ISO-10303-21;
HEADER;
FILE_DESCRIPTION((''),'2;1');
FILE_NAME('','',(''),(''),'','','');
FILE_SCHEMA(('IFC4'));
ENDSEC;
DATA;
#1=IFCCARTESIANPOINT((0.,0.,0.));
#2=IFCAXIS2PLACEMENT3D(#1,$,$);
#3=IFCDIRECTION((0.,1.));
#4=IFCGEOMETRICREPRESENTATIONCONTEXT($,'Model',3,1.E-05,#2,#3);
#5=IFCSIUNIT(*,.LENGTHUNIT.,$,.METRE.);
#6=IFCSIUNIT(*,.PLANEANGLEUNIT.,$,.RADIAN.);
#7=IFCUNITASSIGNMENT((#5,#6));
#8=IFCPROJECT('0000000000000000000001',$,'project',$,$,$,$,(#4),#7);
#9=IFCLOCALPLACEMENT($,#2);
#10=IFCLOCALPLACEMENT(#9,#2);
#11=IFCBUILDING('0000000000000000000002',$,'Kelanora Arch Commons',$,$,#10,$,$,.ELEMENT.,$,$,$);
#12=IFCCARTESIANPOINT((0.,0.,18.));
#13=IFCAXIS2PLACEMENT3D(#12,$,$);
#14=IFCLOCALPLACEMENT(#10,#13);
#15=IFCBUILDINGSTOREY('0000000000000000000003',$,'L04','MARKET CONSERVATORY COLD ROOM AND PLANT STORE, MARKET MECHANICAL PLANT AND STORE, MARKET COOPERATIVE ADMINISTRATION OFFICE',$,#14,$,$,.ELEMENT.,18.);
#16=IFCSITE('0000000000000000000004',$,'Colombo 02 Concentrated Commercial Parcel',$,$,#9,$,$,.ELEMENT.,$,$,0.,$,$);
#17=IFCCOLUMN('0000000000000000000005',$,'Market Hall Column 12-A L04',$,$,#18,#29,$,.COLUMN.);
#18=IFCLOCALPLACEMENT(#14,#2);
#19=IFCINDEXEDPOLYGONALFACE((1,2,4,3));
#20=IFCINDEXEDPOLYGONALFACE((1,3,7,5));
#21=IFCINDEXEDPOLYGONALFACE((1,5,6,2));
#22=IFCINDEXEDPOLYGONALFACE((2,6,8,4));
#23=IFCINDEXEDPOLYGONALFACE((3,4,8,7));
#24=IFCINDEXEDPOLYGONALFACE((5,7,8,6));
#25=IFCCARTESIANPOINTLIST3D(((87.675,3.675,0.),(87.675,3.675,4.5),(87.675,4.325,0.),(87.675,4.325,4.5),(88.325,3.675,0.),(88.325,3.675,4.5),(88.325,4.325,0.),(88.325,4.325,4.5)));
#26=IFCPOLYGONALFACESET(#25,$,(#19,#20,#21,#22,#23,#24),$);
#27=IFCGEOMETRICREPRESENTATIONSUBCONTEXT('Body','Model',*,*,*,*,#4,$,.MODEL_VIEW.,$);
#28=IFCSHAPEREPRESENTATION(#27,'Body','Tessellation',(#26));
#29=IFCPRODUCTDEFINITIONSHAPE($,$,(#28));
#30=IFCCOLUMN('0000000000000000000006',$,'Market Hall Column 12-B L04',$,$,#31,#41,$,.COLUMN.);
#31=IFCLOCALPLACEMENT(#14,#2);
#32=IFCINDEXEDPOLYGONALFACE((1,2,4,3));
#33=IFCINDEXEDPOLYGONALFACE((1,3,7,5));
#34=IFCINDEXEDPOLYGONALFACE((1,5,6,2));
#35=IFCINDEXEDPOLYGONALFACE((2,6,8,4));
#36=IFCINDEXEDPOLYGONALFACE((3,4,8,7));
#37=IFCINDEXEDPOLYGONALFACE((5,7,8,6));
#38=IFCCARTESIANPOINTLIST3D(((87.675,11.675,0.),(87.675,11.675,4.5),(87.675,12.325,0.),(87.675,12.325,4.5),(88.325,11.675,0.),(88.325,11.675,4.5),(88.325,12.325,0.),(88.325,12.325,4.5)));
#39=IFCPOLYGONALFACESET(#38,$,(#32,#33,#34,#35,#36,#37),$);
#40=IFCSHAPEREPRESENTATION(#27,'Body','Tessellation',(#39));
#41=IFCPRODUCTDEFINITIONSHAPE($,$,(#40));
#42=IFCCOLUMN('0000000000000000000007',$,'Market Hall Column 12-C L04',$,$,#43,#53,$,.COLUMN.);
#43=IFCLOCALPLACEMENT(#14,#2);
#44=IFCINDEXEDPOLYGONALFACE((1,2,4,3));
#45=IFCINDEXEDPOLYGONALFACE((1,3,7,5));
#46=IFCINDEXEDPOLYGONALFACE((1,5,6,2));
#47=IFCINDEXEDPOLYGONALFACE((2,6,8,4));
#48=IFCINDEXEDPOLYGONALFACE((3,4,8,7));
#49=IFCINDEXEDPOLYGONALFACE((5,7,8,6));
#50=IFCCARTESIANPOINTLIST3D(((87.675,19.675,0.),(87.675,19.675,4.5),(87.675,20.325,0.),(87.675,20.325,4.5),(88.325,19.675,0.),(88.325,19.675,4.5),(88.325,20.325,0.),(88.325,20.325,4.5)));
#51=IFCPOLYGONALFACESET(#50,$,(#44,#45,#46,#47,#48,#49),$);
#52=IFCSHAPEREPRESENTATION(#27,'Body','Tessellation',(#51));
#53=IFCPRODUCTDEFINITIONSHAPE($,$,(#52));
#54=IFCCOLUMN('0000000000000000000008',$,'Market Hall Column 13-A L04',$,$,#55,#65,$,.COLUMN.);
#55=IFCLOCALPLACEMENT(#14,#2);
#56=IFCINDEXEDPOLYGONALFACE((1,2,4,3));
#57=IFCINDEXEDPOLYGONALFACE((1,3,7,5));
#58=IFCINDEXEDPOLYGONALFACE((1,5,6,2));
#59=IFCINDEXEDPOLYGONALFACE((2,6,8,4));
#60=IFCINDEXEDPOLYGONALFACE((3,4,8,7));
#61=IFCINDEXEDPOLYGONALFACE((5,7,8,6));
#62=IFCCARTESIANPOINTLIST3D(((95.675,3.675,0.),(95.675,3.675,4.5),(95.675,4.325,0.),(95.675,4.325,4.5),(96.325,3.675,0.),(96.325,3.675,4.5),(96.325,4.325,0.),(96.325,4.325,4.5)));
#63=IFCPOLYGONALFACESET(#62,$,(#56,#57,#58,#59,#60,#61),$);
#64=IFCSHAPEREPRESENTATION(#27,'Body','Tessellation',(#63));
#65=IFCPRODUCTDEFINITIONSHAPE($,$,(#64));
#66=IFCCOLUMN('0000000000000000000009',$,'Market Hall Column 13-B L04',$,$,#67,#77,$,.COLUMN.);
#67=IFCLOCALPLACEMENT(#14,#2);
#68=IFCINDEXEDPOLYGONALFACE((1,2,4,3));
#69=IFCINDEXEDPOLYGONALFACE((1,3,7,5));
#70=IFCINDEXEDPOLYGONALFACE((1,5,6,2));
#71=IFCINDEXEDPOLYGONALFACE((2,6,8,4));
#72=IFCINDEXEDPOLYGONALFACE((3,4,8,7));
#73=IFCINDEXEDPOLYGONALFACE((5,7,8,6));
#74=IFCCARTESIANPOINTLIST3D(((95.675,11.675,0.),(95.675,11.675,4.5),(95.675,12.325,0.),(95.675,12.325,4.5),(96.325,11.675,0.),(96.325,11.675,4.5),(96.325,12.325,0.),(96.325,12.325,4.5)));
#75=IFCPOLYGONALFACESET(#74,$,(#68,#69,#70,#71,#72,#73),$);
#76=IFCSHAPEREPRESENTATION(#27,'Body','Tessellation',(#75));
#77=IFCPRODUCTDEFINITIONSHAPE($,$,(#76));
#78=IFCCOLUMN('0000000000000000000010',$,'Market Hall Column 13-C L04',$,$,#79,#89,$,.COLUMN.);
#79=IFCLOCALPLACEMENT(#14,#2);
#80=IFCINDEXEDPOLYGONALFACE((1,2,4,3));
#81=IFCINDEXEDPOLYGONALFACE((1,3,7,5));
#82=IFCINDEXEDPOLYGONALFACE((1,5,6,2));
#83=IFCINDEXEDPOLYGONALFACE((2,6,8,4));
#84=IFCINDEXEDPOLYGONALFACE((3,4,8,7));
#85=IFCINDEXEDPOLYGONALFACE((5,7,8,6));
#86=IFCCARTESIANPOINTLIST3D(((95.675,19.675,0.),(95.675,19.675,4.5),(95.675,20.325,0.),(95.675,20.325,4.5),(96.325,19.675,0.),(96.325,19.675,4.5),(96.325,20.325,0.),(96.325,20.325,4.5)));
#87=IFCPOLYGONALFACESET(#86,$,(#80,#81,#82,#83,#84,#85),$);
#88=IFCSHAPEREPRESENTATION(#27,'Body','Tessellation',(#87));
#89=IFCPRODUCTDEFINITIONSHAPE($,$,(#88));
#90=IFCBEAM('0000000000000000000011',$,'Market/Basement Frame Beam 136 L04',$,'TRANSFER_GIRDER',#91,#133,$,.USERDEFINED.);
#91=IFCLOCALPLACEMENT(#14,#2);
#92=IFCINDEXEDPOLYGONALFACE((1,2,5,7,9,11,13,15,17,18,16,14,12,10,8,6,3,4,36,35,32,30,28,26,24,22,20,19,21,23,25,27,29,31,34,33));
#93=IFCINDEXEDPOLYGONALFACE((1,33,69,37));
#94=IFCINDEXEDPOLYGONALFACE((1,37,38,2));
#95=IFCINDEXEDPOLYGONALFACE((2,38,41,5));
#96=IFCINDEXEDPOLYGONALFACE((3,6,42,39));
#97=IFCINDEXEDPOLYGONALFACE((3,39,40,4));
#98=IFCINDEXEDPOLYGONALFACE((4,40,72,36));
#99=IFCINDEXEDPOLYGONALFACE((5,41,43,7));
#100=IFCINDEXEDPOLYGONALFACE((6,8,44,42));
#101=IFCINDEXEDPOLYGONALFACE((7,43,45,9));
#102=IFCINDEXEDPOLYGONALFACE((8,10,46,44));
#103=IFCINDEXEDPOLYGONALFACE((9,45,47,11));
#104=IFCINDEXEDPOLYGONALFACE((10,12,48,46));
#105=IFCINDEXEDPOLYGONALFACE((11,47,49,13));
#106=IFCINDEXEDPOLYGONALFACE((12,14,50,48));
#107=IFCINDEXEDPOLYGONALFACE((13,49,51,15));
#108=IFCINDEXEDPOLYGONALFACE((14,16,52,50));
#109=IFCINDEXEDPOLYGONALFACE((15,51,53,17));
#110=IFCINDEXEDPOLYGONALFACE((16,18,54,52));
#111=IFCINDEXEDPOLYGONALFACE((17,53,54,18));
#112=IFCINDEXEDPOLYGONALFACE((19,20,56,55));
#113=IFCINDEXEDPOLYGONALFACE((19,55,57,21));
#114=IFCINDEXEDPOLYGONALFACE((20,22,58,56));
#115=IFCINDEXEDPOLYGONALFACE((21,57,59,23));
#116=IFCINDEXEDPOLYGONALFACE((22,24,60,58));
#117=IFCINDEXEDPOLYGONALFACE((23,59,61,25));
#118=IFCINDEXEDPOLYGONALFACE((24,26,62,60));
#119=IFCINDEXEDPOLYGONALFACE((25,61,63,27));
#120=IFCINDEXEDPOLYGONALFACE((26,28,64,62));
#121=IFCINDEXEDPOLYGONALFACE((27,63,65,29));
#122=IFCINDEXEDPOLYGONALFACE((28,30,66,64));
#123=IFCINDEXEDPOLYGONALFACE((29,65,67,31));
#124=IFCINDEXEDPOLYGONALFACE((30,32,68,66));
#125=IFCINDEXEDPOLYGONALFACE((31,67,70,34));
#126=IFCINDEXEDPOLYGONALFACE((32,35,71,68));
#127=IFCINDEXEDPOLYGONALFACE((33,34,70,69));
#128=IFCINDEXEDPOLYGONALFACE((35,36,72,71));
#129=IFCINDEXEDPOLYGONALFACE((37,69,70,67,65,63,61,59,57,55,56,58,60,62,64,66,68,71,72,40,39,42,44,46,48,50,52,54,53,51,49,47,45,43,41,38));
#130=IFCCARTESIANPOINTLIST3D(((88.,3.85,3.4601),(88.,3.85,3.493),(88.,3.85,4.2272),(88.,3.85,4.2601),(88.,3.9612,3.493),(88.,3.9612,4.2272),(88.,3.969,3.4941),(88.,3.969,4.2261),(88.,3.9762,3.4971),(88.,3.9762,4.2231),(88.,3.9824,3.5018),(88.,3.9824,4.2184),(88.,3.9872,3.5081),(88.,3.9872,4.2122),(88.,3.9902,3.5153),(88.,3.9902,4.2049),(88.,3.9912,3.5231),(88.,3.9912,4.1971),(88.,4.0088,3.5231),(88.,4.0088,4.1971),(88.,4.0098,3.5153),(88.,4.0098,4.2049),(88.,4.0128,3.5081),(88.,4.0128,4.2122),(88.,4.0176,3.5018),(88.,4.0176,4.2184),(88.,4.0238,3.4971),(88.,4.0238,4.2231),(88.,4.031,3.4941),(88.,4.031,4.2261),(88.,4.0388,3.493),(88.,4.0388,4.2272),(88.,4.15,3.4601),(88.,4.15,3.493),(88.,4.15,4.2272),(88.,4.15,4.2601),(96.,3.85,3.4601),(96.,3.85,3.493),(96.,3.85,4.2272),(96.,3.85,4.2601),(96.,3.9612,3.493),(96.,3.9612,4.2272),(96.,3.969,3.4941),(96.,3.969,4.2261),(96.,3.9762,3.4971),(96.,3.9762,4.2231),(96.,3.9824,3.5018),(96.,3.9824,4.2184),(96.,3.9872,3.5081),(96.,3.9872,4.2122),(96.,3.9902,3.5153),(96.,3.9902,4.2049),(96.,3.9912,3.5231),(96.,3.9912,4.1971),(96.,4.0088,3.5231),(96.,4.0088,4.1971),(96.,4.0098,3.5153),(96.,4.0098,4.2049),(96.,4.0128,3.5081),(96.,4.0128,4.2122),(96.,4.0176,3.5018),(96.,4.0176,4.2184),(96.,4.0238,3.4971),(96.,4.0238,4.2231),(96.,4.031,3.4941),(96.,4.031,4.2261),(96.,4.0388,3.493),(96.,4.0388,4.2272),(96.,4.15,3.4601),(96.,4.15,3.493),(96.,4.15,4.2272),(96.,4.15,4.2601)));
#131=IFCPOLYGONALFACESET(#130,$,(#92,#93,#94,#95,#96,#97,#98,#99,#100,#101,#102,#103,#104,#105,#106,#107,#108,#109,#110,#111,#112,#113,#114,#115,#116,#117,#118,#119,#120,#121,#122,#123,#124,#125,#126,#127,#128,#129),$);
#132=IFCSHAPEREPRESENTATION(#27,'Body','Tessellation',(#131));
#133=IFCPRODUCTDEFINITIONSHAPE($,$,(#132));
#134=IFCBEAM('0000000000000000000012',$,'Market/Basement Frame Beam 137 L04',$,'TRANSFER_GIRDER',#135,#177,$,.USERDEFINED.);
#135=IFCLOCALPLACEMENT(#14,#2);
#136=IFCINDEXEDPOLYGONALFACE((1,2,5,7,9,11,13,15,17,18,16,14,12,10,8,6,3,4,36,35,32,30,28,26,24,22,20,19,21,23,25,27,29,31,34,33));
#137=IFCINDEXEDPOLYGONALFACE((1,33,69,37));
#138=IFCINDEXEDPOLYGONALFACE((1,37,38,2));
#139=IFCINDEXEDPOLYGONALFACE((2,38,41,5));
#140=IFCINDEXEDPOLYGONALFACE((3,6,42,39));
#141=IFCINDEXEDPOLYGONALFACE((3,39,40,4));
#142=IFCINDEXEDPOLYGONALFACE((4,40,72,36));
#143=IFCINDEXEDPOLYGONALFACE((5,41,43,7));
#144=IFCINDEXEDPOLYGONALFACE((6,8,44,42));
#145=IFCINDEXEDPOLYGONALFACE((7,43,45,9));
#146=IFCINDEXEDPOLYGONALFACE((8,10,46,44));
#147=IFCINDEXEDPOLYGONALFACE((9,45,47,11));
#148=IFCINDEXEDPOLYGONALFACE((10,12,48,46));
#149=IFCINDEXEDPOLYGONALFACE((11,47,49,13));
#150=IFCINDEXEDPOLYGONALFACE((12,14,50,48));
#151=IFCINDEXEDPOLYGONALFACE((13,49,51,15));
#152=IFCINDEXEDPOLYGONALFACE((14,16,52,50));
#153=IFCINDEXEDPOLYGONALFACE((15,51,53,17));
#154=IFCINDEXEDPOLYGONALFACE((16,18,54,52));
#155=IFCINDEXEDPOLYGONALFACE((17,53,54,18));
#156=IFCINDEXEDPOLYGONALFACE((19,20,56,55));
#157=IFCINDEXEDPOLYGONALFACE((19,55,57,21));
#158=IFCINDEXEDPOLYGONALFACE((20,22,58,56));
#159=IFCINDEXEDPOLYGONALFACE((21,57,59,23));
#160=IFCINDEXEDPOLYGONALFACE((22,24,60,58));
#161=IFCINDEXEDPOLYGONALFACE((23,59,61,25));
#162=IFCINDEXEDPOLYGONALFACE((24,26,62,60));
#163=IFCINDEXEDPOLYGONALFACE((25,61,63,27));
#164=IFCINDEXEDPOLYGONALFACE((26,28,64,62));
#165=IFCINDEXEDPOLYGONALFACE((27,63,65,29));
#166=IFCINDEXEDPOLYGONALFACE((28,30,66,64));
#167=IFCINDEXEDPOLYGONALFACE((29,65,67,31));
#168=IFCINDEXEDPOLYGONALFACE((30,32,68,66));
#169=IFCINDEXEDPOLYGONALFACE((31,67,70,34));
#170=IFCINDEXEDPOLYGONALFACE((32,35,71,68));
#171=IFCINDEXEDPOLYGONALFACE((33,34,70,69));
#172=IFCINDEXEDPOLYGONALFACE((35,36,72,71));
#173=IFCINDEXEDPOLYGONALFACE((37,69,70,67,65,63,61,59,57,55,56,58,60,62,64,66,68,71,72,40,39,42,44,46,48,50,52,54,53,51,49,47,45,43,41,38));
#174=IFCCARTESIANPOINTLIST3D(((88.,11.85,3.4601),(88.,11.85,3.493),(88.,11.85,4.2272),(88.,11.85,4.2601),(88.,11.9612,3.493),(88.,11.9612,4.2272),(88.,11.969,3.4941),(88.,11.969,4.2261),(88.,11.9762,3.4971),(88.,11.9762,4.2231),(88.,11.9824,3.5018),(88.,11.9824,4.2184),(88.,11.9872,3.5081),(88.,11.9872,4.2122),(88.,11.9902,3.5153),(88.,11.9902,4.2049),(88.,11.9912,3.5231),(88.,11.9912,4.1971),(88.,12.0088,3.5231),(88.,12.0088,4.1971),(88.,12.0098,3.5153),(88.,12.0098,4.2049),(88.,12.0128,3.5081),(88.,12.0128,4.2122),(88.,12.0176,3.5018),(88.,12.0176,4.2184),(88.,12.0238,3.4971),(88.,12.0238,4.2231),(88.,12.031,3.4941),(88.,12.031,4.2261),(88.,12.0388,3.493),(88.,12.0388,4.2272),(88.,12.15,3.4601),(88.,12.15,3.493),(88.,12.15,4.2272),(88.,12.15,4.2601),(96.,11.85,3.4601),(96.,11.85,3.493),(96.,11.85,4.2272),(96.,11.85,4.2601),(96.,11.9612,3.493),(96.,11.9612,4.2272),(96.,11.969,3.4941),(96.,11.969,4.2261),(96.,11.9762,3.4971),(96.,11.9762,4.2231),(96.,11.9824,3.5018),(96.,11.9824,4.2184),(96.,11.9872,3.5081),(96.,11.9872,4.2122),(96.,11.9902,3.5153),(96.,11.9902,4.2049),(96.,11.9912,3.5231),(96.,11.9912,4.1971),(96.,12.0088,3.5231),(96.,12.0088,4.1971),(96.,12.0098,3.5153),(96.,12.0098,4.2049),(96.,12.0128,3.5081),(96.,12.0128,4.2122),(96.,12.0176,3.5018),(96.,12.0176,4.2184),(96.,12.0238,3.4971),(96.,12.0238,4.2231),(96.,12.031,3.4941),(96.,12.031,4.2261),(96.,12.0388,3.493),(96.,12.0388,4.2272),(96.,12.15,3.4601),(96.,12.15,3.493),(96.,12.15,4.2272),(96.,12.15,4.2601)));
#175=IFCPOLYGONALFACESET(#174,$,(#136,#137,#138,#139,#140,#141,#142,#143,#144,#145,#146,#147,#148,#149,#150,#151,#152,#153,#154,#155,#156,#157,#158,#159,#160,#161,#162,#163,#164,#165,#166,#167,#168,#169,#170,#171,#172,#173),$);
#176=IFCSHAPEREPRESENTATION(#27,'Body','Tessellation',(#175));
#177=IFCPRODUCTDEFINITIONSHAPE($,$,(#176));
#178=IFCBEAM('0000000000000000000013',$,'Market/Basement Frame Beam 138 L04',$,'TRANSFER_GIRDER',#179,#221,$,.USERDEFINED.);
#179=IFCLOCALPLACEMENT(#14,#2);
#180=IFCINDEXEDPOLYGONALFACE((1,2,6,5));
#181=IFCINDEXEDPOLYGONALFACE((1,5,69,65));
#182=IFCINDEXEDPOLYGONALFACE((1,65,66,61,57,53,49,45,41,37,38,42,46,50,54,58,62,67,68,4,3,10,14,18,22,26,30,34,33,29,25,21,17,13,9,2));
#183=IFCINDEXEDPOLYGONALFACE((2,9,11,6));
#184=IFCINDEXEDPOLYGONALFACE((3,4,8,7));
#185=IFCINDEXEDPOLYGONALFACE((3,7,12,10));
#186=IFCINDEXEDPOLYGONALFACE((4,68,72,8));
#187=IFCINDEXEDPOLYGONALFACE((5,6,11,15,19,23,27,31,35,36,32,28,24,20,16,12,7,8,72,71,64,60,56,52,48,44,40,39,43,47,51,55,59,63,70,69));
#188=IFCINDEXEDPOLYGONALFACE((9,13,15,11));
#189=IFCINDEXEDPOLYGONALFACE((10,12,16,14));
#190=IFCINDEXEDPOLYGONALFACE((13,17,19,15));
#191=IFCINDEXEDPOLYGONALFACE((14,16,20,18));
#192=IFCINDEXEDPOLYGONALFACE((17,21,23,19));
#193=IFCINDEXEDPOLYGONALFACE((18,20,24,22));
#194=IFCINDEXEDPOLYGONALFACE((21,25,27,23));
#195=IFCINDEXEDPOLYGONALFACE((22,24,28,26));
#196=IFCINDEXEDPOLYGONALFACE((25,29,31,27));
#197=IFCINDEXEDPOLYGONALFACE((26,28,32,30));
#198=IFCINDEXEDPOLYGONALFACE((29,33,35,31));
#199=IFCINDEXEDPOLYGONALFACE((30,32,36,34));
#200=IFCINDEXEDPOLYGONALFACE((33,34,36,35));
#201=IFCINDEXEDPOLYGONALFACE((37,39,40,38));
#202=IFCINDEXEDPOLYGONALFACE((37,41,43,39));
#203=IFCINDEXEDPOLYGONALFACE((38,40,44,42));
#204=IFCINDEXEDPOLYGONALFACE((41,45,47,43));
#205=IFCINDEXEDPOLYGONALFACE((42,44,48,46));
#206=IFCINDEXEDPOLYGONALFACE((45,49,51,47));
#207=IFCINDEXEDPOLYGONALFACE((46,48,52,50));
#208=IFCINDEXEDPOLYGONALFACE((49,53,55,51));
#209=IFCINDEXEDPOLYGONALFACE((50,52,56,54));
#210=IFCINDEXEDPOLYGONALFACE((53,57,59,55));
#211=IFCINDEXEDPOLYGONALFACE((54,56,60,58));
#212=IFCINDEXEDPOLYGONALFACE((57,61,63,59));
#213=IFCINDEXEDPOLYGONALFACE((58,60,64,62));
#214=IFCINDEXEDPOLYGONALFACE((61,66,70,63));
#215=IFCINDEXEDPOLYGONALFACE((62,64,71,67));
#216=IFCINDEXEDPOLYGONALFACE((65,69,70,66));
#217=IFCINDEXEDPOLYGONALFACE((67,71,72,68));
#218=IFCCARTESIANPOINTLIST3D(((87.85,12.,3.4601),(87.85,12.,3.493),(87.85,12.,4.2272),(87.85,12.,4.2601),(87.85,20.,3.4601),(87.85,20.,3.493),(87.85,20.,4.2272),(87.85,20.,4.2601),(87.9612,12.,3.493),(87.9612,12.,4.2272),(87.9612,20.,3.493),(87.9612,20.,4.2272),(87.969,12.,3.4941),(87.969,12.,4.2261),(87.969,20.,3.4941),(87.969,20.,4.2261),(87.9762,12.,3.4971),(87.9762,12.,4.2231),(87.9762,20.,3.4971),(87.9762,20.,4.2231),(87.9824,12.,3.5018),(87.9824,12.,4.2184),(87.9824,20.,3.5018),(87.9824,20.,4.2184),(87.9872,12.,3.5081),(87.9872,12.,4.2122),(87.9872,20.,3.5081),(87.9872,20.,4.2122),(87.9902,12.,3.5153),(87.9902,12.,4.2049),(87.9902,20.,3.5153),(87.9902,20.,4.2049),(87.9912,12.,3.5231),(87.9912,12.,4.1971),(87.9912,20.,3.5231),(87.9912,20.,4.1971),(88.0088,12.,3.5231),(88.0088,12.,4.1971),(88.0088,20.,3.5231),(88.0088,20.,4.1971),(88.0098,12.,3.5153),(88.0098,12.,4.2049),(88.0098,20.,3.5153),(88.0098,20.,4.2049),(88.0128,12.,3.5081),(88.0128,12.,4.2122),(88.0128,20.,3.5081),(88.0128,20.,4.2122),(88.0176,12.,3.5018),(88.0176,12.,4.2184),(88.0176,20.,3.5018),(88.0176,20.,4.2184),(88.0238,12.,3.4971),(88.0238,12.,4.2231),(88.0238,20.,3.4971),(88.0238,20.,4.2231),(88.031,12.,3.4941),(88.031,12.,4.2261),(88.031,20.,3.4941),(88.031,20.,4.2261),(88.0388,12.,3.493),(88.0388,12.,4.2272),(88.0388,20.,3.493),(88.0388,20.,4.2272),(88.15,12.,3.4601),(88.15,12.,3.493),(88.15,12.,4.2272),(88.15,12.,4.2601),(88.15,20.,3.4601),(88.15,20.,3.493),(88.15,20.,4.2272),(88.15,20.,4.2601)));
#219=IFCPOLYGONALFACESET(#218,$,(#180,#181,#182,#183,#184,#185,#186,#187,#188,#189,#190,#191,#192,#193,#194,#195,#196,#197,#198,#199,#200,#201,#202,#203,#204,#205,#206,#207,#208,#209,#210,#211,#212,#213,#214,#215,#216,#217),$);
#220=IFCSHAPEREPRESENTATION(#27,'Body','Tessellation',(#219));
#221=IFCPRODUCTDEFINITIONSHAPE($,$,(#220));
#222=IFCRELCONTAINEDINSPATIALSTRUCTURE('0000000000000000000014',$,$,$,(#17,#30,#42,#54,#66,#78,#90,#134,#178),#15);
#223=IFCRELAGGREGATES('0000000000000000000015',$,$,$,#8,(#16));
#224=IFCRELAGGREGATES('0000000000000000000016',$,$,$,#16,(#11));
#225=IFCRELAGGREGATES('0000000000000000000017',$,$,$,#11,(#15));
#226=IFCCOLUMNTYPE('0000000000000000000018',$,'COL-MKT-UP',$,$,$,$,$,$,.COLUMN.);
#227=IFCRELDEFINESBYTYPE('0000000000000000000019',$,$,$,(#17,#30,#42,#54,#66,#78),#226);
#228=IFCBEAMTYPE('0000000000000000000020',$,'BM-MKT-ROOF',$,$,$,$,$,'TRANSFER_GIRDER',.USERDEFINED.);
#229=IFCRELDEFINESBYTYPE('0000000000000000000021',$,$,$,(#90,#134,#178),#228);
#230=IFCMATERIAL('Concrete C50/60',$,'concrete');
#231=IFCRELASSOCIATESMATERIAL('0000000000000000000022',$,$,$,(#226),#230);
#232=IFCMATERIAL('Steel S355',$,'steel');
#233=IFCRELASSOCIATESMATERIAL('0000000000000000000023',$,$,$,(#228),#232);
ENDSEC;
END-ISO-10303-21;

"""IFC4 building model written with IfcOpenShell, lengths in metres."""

from ifc_helpers import new_model, si_unit, direction, frame, origin, origin_2d, place, context, subcontext, project, spatial, rectangle, i_section, extrude, material, material_profile, profile_set, type_object, element, save


model = new_model("IFC4")

# Units and contexts
model_context = context("Model", 3, precision=1e-05, world=origin(), true_north=direction((0.0, 1.0)))
body_context = subcontext(model_context, "Body", "Model", "MODEL_VIEW")
ifc_project = project(units=[si_unit("LENGTHUNIT", "METRE"), si_unit("PLANEANGLEUNIT", "RADIAN")], contexts=[model_context])

# Site, building, storey
site_placement = place(None, origin())
site = spatial("IfcSite", under=ifc_project, at=site_placement, Name="Colombo 02 Concentrated Commercial Parcel", CompositionType="ELEMENT", RefElevation=0.0)
building_placement = place(site_placement, origin())
building = spatial("IfcBuilding", under=site, at=building_placement, Name="Kelanora Arch Commons", CompositionType="ELEMENT")
storey_placement = place(building_placement, frame((0.0, 0.0, 18.0)))
storey = spatial("IfcBuildingStorey", under=building, at=storey_placement, Name="L04", Description="MARKET CONSERVATORY COLD ROOM AND PLANT STORE, MARKET MECHANICAL PLANT AND STORE, MARKET COOPERATIVE ADMINISTRATION OFFICE", CompositionType="ELEMENT", Elevation=18.0)

# Columns
ifc_material_1 = material(Name="Concrete C50/60", Category="concrete")
ifc_material_profile_1 = material_profile(ifc_material_1, rectangle(XDim=0.6499, YDim=0.6499, at=origin_2d()), Name="RC650x650")
ifc_profile_set_1 = profile_set([ifc_material_profile_1], Name="Concrete C50/60")
column_type = type_object("IfcColumnType", Name="COL-MKT-UP", PredefinedType="COLUMN", material=ifc_profile_set_1)
for number, where, z_axis, x_axis, name in (
    (1, (88.0, 4.0, 0.0), (0.0, 0.0, 1.0), (1.0, 0.0, 0.0), "Market Hall Column 12-A L04"),
    (2, (88.0, 12.0, 0.0), (0.0, 0.0, 1.0), (1.0, 0.0, 0.0), "Market Hall Column 12-B L04"),
    (3, (88.0, 20.0, 0.0), (0.0, 0.0, 1.0), (1.0, 0.0, 0.0), "Market Hall Column 12-C L04"),
    (4, (96.0, 4.0, 0.0), (0.0, 0.0, 1.0), (1.0, 0.0, 0.0), "Market Hall Column 13-A L04"),
    (5, (96.0, 12.0, 0.0), (0.0, 0.0, 1.0), (1.0, 0.0, 0.0), "Market Hall Column 13-B L04"),
    (6, (96.0, 20.0, 0.0), (0.0, 0.0, 1.0), (1.0, 0.0, 0.0), "Market Hall Column 13-C L04"),
):
    element("IfcColumn", number, at=place(storey_placement, frame(where, z_axis=z_axis, x_axis=x_axis)), inside=storey, type_object=column_type, Name=name, PredefinedType="COLUMN", context=body_context, shape_type="SweptSolid", body=[
        extrude(rectangle(XDim=0.6499, YDim=0.6499, at=origin_2d()), origin(), (0.0, 0.0, 1.0), 4.5),
    ])

# Beams
ifc_material_2 = material(Name="Steel S355", Category="steel")
ifc_material_profile_2 = material_profile(ifc_material_2, i_section(OverallWidth=0.3, OverallDepth=0.8, WebThickness=0.0176, FlangeThickness=0.033, FilletRadius=0.03, at=origin_2d()), Name="HEB800")
ifc_profile_set_2 = profile_set([ifc_material_profile_2], Name="Steel S355")
beam_type = type_object("IfcBeamType", Name="BM-MKT-ROOF", ElementType="TRANSFER_GIRDER", PredefinedType="USERDEFINED", material=ifc_profile_set_2)
for number, where, z_axis, x_axis, name in (
    (7, (88.0, 4.0, 3.8601), (1.0, 0.0, 0.0), (0.0, 1.0, 0.0), "Market/Basement Frame Beam 136 L04"),
    (8, (88.0, 12.0, 3.8601), (1.0, 0.0, 0.0), (0.0, 1.0, 0.0), "Market/Basement Frame Beam 137 L04"),
    (9, (88.0, 12.0, 3.8601), (0.0, 1.0, 0.0), (-1.0, 0.0, 0.0), "Market/Basement Frame Beam 138 L04"),
):
    element("IfcBeam", number, at=place(storey_placement, frame(where, z_axis=z_axis, x_axis=x_axis)), inside=storey, type_object=beam_type, Name=name, ObjectType="TRANSFER_GIRDER", PredefinedType="USERDEFINED", context=body_context, shape_type="SweptSolid", body=[
        extrude(i_section(OverallWidth=0.3, OverallDepth=0.8, WebThickness=0.0176, FlangeThickness=0.033, FilletRadius=0.03, at=origin_2d()), origin(), (0.0, 0.0, 1.0), 8.0),
    ])

save(model, "model.ifc")
